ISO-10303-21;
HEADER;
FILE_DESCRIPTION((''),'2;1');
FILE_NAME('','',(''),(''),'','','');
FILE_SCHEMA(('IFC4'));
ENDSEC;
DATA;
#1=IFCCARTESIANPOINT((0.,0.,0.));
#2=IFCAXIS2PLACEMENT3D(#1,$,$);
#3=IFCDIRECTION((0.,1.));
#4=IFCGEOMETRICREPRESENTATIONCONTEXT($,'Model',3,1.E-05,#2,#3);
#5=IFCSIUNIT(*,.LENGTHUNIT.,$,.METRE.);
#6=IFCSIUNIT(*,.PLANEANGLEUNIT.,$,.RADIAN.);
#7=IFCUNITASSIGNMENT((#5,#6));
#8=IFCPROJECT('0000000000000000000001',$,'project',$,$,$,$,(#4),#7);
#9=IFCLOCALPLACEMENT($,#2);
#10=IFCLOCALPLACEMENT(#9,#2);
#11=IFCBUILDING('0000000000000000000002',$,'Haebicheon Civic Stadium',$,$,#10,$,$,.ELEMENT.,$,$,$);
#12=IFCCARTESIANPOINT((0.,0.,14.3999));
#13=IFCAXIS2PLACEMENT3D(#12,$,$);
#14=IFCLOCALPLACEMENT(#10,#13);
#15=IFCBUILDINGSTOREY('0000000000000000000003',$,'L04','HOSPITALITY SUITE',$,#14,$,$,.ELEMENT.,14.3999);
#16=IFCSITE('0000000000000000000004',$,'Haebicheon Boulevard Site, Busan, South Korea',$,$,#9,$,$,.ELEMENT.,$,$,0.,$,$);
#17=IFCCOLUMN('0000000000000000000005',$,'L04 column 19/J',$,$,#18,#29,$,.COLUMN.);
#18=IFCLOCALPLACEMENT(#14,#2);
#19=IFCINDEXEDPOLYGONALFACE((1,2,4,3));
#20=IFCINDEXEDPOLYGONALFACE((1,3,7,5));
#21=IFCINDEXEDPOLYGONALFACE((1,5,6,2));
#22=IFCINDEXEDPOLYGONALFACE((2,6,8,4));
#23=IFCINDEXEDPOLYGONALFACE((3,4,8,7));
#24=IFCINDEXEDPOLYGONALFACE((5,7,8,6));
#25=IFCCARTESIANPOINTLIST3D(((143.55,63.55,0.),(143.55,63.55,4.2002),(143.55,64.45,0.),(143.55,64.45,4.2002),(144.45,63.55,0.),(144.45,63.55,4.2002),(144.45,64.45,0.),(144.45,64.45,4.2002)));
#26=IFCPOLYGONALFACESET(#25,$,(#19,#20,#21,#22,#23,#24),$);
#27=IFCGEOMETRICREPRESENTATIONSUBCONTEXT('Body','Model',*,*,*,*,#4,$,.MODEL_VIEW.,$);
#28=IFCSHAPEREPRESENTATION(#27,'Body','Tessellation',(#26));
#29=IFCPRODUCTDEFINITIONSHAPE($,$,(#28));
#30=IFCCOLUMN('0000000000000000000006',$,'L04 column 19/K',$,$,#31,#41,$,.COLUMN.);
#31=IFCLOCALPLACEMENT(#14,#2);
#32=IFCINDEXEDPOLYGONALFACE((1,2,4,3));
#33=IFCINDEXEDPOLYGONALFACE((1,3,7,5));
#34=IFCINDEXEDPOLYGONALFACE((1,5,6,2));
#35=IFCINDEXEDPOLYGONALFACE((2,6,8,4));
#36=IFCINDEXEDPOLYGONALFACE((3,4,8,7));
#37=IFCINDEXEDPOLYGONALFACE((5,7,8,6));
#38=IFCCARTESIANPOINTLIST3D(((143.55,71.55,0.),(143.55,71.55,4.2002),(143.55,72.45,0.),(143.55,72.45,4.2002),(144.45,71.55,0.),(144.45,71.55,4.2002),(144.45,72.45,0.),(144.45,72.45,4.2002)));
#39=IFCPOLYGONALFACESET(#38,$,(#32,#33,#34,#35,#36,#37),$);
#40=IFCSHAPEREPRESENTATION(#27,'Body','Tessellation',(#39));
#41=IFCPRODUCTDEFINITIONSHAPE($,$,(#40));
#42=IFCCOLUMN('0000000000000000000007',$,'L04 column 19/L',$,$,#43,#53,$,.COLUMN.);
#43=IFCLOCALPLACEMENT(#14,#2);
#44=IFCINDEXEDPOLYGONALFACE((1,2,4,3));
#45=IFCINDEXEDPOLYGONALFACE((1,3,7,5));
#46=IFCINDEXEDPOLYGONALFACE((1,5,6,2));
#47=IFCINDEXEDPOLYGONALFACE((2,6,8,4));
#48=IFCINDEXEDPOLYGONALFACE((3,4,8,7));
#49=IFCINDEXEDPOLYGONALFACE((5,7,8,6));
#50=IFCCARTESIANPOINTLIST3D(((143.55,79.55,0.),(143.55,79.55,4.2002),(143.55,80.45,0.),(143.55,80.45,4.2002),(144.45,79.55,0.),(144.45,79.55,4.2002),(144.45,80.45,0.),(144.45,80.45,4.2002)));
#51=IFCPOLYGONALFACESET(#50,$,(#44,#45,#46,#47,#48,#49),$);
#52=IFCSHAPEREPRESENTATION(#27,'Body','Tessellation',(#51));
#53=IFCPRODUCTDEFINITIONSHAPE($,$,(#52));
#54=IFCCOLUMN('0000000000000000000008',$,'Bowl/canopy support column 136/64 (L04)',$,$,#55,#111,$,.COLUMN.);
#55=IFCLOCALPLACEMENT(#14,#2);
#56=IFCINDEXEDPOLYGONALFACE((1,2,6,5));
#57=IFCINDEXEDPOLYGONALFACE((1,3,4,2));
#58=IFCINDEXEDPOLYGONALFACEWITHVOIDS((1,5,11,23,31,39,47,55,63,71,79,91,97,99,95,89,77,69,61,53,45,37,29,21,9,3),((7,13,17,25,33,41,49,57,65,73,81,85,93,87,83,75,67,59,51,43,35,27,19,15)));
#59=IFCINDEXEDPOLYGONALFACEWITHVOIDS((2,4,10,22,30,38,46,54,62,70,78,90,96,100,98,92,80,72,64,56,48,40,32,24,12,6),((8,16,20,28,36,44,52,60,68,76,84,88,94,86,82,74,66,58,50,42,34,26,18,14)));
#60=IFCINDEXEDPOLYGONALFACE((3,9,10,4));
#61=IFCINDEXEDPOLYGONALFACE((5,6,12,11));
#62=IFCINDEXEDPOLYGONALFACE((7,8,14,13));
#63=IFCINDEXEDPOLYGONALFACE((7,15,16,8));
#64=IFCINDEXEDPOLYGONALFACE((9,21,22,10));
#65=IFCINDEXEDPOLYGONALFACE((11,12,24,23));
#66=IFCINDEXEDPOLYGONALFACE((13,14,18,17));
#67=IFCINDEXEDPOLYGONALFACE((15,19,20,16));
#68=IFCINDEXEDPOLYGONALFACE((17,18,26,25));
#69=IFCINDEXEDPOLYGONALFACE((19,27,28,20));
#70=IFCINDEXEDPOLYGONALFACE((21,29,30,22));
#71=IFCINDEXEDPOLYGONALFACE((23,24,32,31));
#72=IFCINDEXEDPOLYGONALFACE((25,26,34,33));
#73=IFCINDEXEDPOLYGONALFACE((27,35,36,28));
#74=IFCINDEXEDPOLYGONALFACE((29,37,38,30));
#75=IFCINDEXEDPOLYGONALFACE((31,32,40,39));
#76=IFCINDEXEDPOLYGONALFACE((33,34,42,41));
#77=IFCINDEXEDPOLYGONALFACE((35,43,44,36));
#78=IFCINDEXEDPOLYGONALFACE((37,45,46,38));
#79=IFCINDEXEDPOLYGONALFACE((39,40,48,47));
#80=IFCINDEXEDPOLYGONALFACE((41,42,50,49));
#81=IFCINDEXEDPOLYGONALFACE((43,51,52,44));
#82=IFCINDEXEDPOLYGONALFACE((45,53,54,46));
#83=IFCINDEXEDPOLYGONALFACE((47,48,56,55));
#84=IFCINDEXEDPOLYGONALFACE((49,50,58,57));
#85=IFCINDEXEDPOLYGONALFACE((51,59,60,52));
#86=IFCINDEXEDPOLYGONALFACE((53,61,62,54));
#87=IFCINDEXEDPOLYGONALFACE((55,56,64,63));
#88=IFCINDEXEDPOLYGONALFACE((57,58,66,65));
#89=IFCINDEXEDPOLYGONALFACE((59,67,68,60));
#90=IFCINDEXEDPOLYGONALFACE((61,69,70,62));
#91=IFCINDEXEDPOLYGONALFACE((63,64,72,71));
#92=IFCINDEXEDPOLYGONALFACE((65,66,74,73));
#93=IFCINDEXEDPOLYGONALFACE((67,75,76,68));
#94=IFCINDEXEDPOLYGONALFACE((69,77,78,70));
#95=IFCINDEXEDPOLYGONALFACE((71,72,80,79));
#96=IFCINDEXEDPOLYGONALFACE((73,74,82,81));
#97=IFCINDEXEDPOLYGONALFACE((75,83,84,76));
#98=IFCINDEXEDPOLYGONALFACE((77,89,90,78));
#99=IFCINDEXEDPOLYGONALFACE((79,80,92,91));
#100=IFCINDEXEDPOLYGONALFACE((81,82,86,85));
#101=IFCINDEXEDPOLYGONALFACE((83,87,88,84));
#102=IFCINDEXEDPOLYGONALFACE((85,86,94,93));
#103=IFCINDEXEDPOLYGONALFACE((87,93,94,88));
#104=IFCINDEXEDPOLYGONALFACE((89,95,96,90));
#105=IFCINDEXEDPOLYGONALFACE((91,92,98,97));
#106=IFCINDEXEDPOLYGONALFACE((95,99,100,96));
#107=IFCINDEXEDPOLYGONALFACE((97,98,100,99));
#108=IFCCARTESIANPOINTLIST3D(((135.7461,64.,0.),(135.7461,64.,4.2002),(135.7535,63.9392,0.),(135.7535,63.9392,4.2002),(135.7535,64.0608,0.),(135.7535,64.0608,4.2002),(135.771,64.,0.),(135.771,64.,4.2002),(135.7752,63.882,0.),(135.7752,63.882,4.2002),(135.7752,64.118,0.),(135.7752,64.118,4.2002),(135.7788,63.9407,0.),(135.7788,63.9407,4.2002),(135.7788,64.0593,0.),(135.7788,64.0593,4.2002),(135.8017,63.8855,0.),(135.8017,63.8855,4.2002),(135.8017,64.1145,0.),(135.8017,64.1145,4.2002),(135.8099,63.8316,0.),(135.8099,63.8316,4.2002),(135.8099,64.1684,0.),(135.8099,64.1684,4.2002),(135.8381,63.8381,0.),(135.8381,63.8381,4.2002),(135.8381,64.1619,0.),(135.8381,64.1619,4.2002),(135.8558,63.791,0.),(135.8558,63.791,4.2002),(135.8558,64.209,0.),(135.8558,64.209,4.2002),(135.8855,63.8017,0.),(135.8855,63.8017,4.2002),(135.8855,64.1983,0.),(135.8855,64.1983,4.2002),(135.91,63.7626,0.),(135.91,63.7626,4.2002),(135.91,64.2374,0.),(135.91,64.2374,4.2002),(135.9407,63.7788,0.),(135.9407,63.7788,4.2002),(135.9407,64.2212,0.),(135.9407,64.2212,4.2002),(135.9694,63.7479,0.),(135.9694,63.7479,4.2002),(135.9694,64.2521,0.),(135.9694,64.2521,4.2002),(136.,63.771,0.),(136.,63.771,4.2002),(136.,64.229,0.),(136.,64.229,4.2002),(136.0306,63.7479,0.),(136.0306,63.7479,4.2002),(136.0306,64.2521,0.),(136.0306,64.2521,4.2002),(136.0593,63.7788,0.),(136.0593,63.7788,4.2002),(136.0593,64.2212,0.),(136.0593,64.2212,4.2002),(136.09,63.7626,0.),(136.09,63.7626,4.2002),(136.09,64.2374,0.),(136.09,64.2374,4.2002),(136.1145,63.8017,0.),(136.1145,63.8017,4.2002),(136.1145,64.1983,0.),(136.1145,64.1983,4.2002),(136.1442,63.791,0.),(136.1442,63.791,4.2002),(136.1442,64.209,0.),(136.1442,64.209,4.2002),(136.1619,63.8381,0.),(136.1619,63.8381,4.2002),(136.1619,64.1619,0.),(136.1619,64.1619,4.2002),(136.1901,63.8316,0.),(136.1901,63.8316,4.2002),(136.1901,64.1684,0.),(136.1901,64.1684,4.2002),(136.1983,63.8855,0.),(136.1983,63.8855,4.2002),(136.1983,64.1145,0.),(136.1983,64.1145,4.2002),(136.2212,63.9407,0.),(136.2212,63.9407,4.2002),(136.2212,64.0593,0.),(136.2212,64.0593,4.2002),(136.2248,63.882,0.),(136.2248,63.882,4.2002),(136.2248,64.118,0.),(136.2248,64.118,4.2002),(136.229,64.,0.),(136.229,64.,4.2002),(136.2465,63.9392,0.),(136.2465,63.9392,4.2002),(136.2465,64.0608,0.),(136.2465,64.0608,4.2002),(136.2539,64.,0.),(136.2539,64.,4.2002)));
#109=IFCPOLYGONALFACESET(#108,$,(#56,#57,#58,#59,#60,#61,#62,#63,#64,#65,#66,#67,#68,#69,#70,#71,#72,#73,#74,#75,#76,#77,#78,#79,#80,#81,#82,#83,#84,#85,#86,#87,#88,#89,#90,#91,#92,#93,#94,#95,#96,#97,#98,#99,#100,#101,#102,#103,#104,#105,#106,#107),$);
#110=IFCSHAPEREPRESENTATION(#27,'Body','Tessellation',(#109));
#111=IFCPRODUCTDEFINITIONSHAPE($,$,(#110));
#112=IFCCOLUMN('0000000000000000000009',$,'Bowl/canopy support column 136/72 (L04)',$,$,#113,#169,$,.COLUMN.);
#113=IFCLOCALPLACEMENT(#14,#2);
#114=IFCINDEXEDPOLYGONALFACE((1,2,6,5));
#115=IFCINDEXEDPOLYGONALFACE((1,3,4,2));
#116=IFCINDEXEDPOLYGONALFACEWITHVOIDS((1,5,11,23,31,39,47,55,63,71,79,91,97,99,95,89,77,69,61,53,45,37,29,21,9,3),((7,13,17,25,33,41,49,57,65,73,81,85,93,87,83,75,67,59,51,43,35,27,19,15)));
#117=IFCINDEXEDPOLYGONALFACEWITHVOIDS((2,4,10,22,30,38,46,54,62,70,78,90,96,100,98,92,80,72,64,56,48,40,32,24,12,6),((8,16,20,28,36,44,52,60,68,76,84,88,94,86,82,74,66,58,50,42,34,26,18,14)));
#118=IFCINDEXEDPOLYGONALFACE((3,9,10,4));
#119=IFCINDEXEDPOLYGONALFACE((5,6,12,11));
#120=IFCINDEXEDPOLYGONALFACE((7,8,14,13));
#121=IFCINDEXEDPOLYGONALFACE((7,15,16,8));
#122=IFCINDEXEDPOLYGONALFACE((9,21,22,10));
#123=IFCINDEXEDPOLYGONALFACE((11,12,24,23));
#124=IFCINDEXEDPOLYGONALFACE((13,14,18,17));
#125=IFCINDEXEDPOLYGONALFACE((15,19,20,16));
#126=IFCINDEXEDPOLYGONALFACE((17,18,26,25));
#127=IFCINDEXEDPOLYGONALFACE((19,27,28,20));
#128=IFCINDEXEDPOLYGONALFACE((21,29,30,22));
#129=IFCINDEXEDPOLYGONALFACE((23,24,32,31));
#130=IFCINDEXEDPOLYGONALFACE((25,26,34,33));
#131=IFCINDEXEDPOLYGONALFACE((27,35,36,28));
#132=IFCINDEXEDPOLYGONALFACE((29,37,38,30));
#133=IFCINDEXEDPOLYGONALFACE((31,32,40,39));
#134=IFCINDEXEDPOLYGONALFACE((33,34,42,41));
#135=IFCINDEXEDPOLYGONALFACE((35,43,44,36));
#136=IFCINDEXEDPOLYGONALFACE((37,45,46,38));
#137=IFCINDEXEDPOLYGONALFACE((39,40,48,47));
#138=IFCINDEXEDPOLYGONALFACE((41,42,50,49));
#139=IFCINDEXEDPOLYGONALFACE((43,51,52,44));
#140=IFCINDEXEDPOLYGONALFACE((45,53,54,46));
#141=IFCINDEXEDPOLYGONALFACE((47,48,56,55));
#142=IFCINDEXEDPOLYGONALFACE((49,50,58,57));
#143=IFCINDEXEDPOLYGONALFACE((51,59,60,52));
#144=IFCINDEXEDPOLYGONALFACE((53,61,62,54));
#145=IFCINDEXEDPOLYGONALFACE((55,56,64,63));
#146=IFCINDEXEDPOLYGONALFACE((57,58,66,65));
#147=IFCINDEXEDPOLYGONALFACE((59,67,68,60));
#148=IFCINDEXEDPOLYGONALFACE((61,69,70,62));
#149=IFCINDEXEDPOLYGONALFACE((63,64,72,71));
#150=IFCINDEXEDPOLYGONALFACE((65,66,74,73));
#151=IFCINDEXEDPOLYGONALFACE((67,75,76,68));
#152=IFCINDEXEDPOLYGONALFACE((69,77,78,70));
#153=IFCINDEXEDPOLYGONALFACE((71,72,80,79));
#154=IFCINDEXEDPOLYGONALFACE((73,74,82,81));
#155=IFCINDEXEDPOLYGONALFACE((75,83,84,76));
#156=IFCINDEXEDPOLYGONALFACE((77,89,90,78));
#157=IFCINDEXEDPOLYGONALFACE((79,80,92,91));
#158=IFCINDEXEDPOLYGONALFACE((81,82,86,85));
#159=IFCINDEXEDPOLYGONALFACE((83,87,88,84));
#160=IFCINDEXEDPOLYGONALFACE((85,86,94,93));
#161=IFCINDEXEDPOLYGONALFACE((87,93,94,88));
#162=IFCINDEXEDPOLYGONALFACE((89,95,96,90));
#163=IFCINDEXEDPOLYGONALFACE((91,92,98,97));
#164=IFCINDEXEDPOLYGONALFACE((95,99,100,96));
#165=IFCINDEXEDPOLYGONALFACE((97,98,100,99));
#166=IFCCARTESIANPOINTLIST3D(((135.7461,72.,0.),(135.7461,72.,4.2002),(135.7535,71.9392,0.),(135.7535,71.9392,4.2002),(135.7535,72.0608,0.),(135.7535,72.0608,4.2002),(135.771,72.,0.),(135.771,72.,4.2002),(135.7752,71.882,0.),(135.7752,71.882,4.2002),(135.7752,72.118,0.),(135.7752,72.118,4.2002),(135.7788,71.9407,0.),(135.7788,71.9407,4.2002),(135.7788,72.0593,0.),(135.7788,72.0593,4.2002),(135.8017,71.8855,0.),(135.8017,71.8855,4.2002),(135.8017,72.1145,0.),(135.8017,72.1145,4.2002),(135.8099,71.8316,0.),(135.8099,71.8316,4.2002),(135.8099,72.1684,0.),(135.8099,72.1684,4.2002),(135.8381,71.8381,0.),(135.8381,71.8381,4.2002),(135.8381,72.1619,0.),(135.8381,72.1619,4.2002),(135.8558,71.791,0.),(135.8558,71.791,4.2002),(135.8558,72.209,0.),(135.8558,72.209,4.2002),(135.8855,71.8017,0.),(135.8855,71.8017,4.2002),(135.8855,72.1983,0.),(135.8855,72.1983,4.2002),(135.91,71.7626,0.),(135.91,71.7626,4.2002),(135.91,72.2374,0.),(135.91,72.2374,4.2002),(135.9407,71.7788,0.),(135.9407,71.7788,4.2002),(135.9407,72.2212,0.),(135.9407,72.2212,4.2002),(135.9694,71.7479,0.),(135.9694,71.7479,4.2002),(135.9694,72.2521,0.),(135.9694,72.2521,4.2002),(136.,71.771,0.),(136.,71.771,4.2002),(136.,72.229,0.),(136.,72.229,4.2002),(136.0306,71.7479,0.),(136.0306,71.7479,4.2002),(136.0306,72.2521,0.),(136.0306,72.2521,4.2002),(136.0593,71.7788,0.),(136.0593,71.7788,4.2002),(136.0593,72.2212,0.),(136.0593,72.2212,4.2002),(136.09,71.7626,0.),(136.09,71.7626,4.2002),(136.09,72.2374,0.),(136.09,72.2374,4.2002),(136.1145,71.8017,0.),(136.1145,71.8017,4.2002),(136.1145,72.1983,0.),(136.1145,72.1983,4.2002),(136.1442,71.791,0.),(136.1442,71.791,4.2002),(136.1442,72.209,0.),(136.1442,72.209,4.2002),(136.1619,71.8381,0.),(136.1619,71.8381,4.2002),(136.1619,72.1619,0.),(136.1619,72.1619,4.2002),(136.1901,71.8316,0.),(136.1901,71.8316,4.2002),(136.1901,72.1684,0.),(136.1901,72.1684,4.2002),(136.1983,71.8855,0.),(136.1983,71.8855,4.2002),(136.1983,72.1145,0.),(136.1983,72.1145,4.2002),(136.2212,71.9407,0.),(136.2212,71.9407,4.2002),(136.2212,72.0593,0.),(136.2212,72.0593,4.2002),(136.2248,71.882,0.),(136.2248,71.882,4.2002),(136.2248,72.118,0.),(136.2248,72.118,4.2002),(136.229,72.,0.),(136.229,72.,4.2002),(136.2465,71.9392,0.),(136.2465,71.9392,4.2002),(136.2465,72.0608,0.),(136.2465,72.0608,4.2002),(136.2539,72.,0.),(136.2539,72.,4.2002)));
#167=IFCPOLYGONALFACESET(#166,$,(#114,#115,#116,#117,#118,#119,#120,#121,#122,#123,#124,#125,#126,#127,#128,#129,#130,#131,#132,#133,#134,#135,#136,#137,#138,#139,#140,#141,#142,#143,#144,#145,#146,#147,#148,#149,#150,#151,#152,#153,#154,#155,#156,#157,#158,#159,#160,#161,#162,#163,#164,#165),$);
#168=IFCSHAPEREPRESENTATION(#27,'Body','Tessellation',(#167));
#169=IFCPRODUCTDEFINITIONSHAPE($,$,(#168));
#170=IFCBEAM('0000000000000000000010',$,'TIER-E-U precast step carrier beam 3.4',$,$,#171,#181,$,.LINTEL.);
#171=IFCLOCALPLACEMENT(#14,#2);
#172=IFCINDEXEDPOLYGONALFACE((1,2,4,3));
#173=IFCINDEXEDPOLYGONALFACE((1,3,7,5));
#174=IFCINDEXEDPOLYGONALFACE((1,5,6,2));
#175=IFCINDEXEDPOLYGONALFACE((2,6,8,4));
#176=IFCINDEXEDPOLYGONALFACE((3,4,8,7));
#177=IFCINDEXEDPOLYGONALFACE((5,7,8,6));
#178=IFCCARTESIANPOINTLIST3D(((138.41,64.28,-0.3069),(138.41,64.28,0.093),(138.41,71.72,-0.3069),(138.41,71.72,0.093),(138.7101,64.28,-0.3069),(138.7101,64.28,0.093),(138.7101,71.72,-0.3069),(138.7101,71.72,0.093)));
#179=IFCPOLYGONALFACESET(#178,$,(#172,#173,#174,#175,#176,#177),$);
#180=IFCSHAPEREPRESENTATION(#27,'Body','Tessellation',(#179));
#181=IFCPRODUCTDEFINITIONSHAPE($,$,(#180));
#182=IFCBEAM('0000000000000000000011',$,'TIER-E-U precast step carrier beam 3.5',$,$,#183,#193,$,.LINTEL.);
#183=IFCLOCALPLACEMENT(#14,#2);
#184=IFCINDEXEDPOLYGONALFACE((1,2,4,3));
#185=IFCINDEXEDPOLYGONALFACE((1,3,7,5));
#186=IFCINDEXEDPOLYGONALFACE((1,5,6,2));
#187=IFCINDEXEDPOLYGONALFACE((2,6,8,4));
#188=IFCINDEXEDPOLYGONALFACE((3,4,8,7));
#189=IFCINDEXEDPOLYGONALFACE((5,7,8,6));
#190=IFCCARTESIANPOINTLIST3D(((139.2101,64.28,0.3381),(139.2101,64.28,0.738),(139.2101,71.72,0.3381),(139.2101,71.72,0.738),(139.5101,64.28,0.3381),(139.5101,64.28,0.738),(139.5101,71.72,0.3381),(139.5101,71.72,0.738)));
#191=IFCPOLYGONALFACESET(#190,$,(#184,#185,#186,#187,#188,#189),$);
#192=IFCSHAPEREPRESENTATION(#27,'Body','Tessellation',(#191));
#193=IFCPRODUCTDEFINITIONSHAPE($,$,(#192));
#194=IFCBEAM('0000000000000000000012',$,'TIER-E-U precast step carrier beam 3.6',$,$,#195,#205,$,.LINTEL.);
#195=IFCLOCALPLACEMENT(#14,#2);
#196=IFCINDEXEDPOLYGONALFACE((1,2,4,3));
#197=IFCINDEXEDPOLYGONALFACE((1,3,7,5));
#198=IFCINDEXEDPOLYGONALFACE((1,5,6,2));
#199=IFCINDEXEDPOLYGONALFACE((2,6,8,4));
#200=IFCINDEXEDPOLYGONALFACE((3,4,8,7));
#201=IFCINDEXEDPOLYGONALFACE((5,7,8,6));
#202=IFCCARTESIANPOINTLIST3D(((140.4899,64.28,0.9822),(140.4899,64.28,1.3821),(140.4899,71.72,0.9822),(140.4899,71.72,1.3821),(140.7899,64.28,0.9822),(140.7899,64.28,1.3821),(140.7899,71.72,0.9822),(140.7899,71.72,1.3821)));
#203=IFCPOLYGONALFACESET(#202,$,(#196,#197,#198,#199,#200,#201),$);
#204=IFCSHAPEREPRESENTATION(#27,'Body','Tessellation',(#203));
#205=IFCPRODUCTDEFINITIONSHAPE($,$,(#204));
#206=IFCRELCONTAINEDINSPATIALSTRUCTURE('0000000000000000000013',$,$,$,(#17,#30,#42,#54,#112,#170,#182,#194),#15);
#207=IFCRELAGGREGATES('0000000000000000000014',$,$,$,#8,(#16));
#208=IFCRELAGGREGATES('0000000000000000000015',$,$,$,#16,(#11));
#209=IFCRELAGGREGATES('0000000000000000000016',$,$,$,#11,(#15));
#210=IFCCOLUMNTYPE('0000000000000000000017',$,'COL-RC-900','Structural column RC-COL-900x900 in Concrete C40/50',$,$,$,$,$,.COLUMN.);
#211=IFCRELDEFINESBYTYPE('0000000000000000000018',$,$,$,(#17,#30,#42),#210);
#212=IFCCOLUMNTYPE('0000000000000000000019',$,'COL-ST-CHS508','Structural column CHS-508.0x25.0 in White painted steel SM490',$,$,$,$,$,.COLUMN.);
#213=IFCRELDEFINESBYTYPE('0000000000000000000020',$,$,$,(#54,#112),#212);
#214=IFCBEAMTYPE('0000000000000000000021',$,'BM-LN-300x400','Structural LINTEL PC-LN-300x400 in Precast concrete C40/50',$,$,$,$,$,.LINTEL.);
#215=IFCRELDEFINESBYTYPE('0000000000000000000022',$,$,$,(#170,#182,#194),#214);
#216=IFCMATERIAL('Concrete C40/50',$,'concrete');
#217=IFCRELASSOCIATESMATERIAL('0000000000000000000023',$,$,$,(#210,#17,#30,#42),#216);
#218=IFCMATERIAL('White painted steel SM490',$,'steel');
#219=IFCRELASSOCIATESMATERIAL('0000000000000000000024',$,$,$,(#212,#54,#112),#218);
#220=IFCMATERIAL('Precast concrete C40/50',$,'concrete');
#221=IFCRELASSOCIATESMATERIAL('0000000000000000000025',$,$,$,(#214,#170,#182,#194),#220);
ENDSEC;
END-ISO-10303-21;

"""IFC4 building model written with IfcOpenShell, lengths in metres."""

from ifc_helpers import new_model, si_unit, direction, frame, origin, origin_2d, place, context, subcontext, project, spatial, rectangle, hollow_circle, extrude, material, material_profile, profile_set, type_object, element, save


model = new_model("IFC4")

# Units and contexts
model_context = context("Model", 3, precision=1e-05, world=origin(), true_north=direction((0.0, 1.0)))
body_context = subcontext(model_context, "Body", "Model", "MODEL_VIEW")
ifc_project = project(units=[si_unit("LENGTHUNIT", "METRE"), si_unit("PLANEANGLEUNIT", "RADIAN")], contexts=[model_context])

# Site, building, storey
site_placement = place(None, origin())
site = spatial("IfcSite", under=ifc_project, at=site_placement, Name="Haebicheon Boulevard Site, Busan, South Korea", CompositionType="ELEMENT", RefElevation=0.0)
building_placement = place(site_placement, origin())
building = spatial("IfcBuilding", under=site, at=building_placement, Name="Haebicheon Civic Stadium", CompositionType="ELEMENT")
storey_placement = place(building_placement, frame((0.0, 0.0, 14.3999)))
storey = spatial("IfcBuildingStorey", under=building, at=storey_placement, Name="L04", Description="HOSPITALITY SUITE", CompositionType="ELEMENT", Elevation=14.3999)

# Columns
ifc_material_1 = material(Name="Concrete C40/50", Category="concrete")
ifc_material_profile_1 = material_profile(ifc_material_1, rectangle(XDim=0.8999, YDim=0.8999, at=origin_2d()), Name="RC-COL-900x900")
ifc_profile_set_1 = profile_set([ifc_material_profile_1], Name="Concrete C40/50")
column_type_1 = type_object("IfcColumnType", Name="COL-RC-900", Description="Structural column RC-COL-900x900 in Concrete C40/50", PredefinedType="COLUMN", material=ifc_profile_set_1)
for number, where, z_axis, x_axis, name in (
    (1, (144.0, 64.0, 0.0), (0.0, 0.0, 1.0), (1.0, 0.0, 0.0), "L04 column 19/J"),
    (2, (144.0, 72.0, 0.0), (0.0, 0.0, 1.0), (1.0, 0.0, 0.0), "L04 column 19/K"),
    (3, (144.0, 80.0, 0.0), (0.0, 0.0, 1.0), (1.0, 0.0, 0.0), "L04 column 19/L"),
):
    element("IfcColumn", number, at=place(storey_placement, frame(where, z_axis=z_axis, x_axis=x_axis)), inside=storey, type_object=column_type_1, material=ifc_profile_set_1, Name=name, PredefinedType="COLUMN", context=body_context, shape_type="SweptSolid", body=[
        extrude(rectangle(XDim=0.8999, YDim=0.8999, at=origin_2d()), origin(), (0.0, 0.0, 1.0), 4.2002),
    ])
ifc_material_2 = material(Name="White painted steel SM490", Category="steel")
ifc_material_profile_2 = material_profile(ifc_material_2, hollow_circle(Radius=0.2539, WallThickness=0.0249, at=origin_2d()), Name="CHS-508.0x25.0")
ifc_profile_set_2 = profile_set([ifc_material_profile_2], Name="White painted steel SM490")
column_type_2 = type_object("IfcColumnType", Name="COL-ST-CHS508", Description="Structural column CHS-508.0x25.0 in White painted steel SM490", PredefinedType="COLUMN", material=ifc_profile_set_2)
for number, where, z_axis, x_axis, name in (
    (4, (136.0, 64.0, 0.0), (0.0, 0.0, 1.0), (1.0, 0.0, 0.0), "Bowl/canopy support column 136/64 (L04)"),
    (5, (136.0, 72.0, 0.0), (0.0, 0.0, 1.0), (1.0, 0.0, 0.0), "Bowl/canopy support column 136/72 (L04)"),
):
    element("IfcColumn", number, at=place(storey_placement, frame(where, z_axis=z_axis, x_axis=x_axis)), inside=storey, type_object=column_type_2, material=ifc_profile_set_2, Name=name, PredefinedType="COLUMN", context=body_context, shape_type="SweptSolid", body=[
        extrude(hollow_circle(Radius=0.2539, WallThickness=0.0249, at=origin_2d()), origin(), (0.0, 0.0, 1.0), 4.2002),
    ])

# Beams
ifc_material_3 = material(Name="Precast concrete C40/50", Category="concrete")
ifc_material_profile_3 = material_profile(ifc_material_3, rectangle(XDim=0.3, YDim=0.3999, at=origin_2d()), Name="PC-LN-300x400")
ifc_profile_set_3 = profile_set([ifc_material_profile_3], Name="Precast concrete C40/50")
beam_type_1 = type_object("IfcBeamType", Name="BM-LN-300x400", Description="Structural LINTEL PC-LN-300x400 in Precast concrete C40/50", PredefinedType="LINTEL", material=ifc_profile_set_3)
for number, where, z_axis, x_axis, name in (
    (6, (138.5601, 64.28, -0.1069), (0.0, 1.0, 0.0), (-1.0, 0.0, 0.0), "TIER-E-U precast step carrier beam 3.4"),
    (7, (139.3601, 64.28, 0.5381), (0.0, 1.0, 0.0), (-1.0, 0.0, 0.0), "TIER-E-U precast step carrier beam 3.5"),
    (8, (140.6399, 64.28, 1.1821), (0.0, 1.0, 0.0), (-1.0, 0.0, 0.0), "TIER-E-U precast step carrier beam 3.6"),
):
    element("IfcBeam", number, at=place(storey_placement, frame(where, z_axis=z_axis, x_axis=x_axis)), inside=storey, type_object=beam_type_1, material=ifc_profile_set_3, Name=name, PredefinedType="LINTEL", context=body_context, shape_type="SweptSolid", body=[
        extrude(rectangle(XDim=0.3, YDim=0.3999, at=origin_2d()), origin(), (0.0, 0.0, 1.0), 7.4399),
    ])

save(model, "model.ifc")
